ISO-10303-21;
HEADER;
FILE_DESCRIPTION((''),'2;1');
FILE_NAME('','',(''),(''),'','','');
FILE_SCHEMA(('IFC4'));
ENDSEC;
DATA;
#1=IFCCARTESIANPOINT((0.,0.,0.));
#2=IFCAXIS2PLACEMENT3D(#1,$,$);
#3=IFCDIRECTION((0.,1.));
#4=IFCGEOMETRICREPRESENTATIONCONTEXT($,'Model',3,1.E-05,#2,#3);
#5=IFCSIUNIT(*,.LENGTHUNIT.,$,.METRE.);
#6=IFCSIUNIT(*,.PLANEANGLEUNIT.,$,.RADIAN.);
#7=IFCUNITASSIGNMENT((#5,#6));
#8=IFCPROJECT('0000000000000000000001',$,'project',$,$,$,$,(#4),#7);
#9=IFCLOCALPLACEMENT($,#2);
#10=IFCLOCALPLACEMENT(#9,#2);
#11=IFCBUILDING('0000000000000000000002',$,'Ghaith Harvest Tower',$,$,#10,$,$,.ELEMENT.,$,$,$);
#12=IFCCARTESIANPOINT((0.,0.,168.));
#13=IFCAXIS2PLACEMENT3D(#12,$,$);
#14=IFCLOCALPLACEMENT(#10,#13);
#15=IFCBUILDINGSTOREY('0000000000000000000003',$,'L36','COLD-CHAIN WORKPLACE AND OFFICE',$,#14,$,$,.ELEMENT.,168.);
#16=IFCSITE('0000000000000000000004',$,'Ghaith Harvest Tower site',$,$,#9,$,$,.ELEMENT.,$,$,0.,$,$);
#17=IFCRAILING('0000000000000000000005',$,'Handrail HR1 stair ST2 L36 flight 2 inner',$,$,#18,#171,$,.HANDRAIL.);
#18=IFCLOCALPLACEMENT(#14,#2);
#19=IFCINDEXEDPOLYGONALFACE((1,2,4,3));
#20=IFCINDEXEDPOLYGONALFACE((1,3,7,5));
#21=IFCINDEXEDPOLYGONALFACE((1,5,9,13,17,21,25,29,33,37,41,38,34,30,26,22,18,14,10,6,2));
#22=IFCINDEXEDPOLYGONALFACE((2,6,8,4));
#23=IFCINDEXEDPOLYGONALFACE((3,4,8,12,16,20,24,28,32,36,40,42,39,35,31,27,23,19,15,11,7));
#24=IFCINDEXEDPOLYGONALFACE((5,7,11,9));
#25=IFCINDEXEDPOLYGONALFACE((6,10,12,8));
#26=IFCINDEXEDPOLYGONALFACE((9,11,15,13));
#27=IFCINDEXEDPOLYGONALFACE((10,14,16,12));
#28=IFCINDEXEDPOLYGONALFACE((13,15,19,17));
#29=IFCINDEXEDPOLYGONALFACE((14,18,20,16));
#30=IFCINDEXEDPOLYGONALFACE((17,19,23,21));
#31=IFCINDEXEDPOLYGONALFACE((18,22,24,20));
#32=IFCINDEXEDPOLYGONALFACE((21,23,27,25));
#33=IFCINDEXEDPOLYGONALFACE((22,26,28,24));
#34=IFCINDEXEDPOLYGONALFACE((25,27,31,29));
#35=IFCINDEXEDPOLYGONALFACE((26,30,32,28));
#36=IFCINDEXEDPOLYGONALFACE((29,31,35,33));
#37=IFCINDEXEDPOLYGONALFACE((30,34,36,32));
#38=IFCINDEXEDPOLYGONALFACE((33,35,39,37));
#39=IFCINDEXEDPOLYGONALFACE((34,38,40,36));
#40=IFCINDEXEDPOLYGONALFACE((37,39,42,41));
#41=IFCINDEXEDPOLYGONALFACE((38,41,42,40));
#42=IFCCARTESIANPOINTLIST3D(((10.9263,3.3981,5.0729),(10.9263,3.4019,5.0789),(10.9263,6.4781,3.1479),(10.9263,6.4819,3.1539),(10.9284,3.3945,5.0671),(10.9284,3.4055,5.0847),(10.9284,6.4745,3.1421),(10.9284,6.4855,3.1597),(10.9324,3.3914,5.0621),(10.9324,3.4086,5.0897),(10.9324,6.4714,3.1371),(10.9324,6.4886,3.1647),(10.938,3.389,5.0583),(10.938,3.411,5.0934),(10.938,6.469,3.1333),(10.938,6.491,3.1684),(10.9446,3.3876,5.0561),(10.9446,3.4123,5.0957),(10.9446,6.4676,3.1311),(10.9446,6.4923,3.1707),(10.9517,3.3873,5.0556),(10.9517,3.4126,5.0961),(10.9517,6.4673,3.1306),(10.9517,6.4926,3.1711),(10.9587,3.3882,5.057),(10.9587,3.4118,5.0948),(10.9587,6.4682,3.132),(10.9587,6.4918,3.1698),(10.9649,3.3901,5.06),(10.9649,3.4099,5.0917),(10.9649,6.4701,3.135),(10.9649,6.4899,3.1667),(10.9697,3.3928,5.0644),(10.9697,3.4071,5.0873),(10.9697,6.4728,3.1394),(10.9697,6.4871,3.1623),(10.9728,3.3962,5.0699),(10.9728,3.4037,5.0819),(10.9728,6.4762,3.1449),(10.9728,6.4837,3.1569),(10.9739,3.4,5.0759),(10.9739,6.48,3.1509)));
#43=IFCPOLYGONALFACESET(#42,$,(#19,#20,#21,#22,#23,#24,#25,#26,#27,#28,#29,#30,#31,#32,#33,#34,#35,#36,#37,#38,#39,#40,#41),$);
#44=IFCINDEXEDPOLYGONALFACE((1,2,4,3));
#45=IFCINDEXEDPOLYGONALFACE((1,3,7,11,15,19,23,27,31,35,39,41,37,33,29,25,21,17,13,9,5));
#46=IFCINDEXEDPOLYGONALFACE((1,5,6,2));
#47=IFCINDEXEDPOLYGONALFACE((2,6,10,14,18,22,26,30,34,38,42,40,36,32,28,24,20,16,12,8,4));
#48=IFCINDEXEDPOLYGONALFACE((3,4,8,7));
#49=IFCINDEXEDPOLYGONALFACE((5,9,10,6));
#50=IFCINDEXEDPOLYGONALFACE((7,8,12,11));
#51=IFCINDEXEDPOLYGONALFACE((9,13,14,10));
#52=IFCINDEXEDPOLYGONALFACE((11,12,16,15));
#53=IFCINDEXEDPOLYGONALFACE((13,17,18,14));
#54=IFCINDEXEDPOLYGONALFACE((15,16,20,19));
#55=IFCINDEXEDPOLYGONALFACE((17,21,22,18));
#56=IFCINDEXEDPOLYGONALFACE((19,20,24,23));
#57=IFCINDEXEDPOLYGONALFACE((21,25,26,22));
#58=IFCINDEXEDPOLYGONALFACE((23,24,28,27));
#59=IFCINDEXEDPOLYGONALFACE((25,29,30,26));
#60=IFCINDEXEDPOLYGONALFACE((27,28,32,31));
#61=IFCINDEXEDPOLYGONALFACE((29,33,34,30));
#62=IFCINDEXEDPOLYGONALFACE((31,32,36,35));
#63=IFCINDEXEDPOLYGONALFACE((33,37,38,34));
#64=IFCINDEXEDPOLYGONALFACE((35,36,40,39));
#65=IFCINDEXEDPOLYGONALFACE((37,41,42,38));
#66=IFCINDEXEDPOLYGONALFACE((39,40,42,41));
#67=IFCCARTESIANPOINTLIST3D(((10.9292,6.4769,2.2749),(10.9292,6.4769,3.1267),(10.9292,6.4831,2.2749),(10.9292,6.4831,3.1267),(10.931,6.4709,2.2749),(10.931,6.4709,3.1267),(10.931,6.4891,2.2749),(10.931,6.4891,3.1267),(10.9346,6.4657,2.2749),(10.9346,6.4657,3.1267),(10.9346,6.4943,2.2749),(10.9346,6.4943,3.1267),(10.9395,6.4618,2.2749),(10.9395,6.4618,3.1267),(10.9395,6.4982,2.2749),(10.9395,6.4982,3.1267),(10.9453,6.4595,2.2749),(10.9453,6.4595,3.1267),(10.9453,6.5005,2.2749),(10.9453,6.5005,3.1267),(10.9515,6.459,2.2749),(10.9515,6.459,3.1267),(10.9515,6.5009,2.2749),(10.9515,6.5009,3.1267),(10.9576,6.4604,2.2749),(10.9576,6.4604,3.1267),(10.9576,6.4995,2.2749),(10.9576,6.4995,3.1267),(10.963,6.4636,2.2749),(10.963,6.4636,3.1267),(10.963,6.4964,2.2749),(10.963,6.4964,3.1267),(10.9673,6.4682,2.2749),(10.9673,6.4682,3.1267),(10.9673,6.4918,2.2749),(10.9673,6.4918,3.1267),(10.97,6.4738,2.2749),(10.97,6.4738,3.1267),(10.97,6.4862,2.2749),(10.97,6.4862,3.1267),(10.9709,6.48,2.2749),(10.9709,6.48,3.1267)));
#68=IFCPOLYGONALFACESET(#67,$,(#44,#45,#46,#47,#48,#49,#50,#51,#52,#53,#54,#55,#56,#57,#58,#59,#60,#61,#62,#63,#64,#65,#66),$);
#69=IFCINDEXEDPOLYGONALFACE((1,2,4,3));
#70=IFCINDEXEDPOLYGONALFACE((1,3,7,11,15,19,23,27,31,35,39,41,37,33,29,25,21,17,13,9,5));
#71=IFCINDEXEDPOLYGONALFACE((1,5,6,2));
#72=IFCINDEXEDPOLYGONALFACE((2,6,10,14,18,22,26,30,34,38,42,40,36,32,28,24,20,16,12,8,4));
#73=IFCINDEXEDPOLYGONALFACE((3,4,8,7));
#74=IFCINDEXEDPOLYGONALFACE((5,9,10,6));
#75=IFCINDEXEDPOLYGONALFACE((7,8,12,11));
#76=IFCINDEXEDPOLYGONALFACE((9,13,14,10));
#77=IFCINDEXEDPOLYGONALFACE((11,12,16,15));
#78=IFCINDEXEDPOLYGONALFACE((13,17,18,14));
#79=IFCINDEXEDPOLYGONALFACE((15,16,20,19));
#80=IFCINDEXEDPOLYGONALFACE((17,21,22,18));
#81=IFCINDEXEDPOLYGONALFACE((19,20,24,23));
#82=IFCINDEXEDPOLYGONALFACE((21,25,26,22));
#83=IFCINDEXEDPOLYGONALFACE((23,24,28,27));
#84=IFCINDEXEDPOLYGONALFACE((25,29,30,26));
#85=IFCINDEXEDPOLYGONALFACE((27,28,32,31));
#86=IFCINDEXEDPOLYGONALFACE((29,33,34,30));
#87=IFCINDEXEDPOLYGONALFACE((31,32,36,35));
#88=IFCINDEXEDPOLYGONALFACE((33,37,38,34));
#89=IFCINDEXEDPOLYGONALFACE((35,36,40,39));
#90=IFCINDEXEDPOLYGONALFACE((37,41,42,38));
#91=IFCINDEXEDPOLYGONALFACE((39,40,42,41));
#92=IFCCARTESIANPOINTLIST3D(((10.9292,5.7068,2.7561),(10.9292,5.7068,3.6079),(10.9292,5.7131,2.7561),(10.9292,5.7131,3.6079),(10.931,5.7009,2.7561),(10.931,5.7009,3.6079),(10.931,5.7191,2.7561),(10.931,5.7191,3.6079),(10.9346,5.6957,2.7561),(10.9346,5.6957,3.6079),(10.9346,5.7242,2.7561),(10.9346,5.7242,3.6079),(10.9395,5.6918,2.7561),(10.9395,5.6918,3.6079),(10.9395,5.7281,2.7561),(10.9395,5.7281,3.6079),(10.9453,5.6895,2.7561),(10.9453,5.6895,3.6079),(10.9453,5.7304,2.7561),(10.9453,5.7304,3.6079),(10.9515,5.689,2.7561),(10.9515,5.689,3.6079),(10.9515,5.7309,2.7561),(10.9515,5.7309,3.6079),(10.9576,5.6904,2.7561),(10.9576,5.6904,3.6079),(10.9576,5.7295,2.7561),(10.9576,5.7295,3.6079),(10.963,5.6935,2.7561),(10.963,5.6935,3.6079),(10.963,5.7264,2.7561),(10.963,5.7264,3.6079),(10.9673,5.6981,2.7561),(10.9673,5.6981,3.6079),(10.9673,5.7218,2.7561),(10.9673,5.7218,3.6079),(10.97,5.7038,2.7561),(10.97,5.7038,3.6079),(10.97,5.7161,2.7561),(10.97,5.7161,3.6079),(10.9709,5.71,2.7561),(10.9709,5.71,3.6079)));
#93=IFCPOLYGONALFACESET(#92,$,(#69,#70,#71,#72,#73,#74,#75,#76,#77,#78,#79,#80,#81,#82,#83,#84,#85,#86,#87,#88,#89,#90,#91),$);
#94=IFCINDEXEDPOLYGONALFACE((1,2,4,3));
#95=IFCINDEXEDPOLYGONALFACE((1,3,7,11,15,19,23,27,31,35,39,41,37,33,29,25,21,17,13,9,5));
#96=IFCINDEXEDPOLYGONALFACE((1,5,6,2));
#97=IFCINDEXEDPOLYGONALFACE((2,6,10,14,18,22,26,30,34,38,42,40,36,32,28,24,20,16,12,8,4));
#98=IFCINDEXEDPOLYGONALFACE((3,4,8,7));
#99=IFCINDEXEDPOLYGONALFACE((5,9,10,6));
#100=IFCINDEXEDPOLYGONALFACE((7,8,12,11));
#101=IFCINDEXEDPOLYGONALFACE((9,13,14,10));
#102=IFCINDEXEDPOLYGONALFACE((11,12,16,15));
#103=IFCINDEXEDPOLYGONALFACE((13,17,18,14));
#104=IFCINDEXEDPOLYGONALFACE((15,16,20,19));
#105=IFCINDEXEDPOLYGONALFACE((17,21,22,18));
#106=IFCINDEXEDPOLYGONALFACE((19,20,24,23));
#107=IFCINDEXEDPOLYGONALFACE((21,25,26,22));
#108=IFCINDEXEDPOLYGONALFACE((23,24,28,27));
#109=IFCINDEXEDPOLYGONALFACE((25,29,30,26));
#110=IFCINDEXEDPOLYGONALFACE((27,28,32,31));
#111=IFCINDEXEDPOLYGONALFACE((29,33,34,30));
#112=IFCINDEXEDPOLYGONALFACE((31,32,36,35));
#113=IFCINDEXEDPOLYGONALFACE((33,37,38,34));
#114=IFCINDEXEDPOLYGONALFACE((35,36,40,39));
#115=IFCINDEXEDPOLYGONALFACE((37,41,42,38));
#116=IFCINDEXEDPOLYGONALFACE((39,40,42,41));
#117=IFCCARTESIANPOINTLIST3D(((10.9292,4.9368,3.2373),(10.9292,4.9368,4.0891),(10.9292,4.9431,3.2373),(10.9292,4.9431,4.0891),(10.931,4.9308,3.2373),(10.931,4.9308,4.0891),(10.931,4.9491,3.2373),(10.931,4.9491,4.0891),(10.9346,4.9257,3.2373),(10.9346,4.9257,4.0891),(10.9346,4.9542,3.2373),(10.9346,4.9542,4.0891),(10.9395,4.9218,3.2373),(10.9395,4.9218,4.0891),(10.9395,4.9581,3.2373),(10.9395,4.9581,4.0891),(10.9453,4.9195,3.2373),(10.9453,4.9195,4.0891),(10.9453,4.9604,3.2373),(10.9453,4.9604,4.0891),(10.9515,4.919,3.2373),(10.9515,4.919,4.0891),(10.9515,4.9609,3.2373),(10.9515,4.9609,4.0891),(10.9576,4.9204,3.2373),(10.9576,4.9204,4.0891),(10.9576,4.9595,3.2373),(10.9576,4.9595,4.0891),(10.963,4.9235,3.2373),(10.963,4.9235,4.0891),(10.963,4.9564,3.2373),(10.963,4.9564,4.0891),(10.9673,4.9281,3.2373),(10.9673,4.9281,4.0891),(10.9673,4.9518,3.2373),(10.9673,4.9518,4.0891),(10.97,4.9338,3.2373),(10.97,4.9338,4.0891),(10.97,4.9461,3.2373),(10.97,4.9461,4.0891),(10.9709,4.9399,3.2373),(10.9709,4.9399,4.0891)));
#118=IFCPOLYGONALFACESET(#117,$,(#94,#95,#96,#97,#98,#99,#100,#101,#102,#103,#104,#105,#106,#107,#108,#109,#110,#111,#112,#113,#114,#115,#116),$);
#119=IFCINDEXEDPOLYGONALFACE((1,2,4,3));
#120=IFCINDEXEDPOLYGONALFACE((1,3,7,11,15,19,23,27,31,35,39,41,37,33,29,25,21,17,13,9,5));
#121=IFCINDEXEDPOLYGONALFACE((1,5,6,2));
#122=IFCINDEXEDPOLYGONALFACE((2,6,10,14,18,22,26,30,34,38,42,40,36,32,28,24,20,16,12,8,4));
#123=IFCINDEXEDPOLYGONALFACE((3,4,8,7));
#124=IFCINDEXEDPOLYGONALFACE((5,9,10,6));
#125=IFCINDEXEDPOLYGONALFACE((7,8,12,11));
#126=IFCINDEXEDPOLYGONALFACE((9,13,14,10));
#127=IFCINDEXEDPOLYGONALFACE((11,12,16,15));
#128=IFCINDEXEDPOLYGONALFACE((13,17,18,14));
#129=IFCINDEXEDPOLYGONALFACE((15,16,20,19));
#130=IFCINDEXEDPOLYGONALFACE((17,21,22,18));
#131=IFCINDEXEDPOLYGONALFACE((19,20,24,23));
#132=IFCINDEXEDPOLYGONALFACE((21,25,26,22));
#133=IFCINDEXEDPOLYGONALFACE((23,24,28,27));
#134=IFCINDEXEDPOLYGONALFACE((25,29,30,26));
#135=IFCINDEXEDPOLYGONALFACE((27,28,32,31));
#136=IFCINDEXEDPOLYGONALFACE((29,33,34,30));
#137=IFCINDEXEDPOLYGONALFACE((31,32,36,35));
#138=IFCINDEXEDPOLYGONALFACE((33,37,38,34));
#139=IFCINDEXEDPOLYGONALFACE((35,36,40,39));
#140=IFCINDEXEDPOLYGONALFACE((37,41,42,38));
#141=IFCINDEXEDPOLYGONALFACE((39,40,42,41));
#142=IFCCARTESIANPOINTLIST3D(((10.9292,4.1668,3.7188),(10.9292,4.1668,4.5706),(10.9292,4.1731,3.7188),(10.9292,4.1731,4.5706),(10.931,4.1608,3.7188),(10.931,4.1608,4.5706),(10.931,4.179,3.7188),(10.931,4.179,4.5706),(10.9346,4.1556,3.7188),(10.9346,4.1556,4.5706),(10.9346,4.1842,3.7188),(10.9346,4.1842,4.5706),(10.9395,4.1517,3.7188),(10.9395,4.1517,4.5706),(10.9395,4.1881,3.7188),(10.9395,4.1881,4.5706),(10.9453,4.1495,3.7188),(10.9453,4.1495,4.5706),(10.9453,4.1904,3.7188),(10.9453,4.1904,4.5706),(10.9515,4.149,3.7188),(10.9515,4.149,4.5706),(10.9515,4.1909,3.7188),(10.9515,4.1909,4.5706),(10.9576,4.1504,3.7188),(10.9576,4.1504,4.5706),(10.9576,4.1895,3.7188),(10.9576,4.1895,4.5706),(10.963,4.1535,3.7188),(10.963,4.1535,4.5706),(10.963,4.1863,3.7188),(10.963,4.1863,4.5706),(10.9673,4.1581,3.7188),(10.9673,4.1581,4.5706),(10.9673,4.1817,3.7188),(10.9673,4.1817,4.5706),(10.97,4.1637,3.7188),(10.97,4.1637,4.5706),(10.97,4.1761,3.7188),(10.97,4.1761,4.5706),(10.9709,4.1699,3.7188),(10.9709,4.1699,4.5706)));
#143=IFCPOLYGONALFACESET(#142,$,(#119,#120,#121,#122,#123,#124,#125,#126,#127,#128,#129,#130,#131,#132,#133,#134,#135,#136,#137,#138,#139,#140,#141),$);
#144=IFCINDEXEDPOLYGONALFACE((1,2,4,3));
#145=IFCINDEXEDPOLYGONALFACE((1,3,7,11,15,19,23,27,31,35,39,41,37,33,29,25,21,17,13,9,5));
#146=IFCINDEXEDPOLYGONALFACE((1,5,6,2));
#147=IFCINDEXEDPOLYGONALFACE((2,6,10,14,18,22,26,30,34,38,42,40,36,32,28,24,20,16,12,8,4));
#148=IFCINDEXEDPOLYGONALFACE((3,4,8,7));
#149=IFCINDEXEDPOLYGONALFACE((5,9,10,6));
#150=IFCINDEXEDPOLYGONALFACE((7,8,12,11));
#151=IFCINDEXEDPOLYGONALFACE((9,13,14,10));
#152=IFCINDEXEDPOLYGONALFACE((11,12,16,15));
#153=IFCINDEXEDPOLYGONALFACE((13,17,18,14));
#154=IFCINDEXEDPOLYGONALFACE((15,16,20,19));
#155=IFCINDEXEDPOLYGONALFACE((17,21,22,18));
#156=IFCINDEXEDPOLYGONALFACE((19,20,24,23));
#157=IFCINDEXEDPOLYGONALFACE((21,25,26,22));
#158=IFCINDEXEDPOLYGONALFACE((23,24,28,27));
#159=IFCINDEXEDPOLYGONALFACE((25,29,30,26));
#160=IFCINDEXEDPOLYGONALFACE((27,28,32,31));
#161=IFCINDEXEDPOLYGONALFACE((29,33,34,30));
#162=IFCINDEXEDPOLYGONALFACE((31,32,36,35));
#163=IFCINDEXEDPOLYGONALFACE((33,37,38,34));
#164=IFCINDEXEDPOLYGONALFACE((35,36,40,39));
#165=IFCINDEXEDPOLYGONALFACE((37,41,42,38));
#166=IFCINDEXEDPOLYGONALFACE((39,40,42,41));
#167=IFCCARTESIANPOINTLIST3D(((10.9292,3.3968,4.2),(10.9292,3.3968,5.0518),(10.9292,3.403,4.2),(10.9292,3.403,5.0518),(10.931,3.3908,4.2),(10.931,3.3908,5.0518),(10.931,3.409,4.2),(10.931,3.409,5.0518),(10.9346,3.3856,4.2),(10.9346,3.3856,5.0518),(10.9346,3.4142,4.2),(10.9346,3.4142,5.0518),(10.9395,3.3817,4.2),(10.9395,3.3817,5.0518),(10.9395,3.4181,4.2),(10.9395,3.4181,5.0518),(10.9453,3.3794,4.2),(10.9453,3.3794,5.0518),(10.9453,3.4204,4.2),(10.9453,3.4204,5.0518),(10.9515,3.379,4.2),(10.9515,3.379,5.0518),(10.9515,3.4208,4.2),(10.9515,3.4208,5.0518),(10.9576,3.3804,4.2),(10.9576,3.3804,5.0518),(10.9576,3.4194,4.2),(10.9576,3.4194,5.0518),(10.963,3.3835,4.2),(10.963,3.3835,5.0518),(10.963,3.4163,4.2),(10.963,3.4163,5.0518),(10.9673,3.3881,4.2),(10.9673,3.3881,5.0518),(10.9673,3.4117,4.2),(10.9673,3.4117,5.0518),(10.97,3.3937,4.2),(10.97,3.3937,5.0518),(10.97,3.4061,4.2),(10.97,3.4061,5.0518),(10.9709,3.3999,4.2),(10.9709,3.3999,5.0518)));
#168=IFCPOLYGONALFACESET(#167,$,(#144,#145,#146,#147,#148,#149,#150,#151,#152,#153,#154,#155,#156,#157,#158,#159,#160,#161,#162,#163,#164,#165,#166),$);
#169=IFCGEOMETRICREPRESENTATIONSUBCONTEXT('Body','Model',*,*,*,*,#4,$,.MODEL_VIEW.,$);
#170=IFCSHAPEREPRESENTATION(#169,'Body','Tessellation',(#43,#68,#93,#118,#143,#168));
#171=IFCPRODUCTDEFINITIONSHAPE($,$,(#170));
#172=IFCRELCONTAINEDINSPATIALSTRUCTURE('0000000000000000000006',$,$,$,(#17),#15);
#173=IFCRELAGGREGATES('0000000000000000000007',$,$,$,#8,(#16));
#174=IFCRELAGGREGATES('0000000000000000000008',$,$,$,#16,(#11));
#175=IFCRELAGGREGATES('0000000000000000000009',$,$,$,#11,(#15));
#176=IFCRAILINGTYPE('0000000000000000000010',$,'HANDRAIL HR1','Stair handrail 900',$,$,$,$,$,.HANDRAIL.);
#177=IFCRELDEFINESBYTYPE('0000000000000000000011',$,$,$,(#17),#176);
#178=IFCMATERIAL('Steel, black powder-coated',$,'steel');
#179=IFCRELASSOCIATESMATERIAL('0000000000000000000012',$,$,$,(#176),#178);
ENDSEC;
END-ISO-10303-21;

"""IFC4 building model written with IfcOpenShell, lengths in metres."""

from ifc_helpers import new_model, si_unit, direction, frame, origin, origin_2d, place, context, subcontext, project, spatial, circle, extrude, material, type_object, element, save


model = new_model("IFC4")

# Units and contexts
model_context = context("Model", 3, precision=1e-05, world=origin(), true_north=direction((0.0, 1.0)))
body_context = subcontext(model_context, "Body", "Model", "MODEL_VIEW")
ifc_project = project(units=[si_unit("LENGTHUNIT", "METRE"), si_unit("PLANEANGLEUNIT", "RADIAN")], contexts=[model_context])

# Site, building, storey
site_placement = place(None, origin())
site = spatial("IfcSite", under=ifc_project, at=site_placement, Name="Ghaith Harvest Tower site", CompositionType="ELEMENT", RefElevation=0.0)
building_placement = place(site_placement, origin())
building = spatial("IfcBuilding", under=site, at=building_placement, Name="Ghaith Harvest Tower", CompositionType="ELEMENT")
storey_placement = place(building_placement, frame((0.0, 0.0, 168.0)))
storey = spatial("IfcBuildingStorey", under=building, at=storey_placement, Name="L36", Description="COLD-CHAIN WORKPLACE AND OFFICE", CompositionType="ELEMENT", Elevation=168.0)

# Railing
ifc_material_1 = material(Name="Steel, black powder-coated", Category="steel")
railing_type = type_object("IfcRailingType", Name="HANDRAIL HR1", Description="Stair handrail 900", PredefinedType="HANDRAIL", material=ifc_material_1)
railing_1_placement = place(storey_placement, frame((10.95, 6.48, 2.2749)))
element("IfcRailing", 1, at=railing_1_placement, inside=storey, type_object=railing_type, Name="Handrail HR1 stair ST2 L36 flight 2 inner", PredefinedType="HANDRAIL", context=body_context, shape_type="SweptSolid", body=[
    extrude(circle(Radius=0.0239, at=origin_2d()), frame((0.0, 0.0, 0.876), z_axis=(0.0, -0.847998, 0.529999), x_axis=(1.0, 0.0, 0.0)), (0.0, 0.0, 1.0), 3.6321),
    extrude(circle(Radius=0.021, at=origin_2d()), origin(), (0.0, 0.0, 1.0), 0.8518),
    extrude(circle(Radius=0.021, at=origin_2d()), frame((0.0, -0.77, 0.4812)), (0.0, 0.0, 1.0), 0.8518),
    extrude(circle(Radius=0.021, at=origin_2d()), frame((0.0, -1.54, 0.9624)), (0.0, 0.0, 1.0), 0.8518),
    extrude(circle(Radius=0.021, at=origin_2d()), frame((0.0, -2.3101, 1.4438)), (0.0, 0.0, 1.0), 0.8518),
    extrude(circle(Radius=0.021, at=origin_2d()), frame((0.0, -3.0801, 1.925)), (0.0, 0.0, 1.0), 0.8518),
])

save(model, "model.ifc")
